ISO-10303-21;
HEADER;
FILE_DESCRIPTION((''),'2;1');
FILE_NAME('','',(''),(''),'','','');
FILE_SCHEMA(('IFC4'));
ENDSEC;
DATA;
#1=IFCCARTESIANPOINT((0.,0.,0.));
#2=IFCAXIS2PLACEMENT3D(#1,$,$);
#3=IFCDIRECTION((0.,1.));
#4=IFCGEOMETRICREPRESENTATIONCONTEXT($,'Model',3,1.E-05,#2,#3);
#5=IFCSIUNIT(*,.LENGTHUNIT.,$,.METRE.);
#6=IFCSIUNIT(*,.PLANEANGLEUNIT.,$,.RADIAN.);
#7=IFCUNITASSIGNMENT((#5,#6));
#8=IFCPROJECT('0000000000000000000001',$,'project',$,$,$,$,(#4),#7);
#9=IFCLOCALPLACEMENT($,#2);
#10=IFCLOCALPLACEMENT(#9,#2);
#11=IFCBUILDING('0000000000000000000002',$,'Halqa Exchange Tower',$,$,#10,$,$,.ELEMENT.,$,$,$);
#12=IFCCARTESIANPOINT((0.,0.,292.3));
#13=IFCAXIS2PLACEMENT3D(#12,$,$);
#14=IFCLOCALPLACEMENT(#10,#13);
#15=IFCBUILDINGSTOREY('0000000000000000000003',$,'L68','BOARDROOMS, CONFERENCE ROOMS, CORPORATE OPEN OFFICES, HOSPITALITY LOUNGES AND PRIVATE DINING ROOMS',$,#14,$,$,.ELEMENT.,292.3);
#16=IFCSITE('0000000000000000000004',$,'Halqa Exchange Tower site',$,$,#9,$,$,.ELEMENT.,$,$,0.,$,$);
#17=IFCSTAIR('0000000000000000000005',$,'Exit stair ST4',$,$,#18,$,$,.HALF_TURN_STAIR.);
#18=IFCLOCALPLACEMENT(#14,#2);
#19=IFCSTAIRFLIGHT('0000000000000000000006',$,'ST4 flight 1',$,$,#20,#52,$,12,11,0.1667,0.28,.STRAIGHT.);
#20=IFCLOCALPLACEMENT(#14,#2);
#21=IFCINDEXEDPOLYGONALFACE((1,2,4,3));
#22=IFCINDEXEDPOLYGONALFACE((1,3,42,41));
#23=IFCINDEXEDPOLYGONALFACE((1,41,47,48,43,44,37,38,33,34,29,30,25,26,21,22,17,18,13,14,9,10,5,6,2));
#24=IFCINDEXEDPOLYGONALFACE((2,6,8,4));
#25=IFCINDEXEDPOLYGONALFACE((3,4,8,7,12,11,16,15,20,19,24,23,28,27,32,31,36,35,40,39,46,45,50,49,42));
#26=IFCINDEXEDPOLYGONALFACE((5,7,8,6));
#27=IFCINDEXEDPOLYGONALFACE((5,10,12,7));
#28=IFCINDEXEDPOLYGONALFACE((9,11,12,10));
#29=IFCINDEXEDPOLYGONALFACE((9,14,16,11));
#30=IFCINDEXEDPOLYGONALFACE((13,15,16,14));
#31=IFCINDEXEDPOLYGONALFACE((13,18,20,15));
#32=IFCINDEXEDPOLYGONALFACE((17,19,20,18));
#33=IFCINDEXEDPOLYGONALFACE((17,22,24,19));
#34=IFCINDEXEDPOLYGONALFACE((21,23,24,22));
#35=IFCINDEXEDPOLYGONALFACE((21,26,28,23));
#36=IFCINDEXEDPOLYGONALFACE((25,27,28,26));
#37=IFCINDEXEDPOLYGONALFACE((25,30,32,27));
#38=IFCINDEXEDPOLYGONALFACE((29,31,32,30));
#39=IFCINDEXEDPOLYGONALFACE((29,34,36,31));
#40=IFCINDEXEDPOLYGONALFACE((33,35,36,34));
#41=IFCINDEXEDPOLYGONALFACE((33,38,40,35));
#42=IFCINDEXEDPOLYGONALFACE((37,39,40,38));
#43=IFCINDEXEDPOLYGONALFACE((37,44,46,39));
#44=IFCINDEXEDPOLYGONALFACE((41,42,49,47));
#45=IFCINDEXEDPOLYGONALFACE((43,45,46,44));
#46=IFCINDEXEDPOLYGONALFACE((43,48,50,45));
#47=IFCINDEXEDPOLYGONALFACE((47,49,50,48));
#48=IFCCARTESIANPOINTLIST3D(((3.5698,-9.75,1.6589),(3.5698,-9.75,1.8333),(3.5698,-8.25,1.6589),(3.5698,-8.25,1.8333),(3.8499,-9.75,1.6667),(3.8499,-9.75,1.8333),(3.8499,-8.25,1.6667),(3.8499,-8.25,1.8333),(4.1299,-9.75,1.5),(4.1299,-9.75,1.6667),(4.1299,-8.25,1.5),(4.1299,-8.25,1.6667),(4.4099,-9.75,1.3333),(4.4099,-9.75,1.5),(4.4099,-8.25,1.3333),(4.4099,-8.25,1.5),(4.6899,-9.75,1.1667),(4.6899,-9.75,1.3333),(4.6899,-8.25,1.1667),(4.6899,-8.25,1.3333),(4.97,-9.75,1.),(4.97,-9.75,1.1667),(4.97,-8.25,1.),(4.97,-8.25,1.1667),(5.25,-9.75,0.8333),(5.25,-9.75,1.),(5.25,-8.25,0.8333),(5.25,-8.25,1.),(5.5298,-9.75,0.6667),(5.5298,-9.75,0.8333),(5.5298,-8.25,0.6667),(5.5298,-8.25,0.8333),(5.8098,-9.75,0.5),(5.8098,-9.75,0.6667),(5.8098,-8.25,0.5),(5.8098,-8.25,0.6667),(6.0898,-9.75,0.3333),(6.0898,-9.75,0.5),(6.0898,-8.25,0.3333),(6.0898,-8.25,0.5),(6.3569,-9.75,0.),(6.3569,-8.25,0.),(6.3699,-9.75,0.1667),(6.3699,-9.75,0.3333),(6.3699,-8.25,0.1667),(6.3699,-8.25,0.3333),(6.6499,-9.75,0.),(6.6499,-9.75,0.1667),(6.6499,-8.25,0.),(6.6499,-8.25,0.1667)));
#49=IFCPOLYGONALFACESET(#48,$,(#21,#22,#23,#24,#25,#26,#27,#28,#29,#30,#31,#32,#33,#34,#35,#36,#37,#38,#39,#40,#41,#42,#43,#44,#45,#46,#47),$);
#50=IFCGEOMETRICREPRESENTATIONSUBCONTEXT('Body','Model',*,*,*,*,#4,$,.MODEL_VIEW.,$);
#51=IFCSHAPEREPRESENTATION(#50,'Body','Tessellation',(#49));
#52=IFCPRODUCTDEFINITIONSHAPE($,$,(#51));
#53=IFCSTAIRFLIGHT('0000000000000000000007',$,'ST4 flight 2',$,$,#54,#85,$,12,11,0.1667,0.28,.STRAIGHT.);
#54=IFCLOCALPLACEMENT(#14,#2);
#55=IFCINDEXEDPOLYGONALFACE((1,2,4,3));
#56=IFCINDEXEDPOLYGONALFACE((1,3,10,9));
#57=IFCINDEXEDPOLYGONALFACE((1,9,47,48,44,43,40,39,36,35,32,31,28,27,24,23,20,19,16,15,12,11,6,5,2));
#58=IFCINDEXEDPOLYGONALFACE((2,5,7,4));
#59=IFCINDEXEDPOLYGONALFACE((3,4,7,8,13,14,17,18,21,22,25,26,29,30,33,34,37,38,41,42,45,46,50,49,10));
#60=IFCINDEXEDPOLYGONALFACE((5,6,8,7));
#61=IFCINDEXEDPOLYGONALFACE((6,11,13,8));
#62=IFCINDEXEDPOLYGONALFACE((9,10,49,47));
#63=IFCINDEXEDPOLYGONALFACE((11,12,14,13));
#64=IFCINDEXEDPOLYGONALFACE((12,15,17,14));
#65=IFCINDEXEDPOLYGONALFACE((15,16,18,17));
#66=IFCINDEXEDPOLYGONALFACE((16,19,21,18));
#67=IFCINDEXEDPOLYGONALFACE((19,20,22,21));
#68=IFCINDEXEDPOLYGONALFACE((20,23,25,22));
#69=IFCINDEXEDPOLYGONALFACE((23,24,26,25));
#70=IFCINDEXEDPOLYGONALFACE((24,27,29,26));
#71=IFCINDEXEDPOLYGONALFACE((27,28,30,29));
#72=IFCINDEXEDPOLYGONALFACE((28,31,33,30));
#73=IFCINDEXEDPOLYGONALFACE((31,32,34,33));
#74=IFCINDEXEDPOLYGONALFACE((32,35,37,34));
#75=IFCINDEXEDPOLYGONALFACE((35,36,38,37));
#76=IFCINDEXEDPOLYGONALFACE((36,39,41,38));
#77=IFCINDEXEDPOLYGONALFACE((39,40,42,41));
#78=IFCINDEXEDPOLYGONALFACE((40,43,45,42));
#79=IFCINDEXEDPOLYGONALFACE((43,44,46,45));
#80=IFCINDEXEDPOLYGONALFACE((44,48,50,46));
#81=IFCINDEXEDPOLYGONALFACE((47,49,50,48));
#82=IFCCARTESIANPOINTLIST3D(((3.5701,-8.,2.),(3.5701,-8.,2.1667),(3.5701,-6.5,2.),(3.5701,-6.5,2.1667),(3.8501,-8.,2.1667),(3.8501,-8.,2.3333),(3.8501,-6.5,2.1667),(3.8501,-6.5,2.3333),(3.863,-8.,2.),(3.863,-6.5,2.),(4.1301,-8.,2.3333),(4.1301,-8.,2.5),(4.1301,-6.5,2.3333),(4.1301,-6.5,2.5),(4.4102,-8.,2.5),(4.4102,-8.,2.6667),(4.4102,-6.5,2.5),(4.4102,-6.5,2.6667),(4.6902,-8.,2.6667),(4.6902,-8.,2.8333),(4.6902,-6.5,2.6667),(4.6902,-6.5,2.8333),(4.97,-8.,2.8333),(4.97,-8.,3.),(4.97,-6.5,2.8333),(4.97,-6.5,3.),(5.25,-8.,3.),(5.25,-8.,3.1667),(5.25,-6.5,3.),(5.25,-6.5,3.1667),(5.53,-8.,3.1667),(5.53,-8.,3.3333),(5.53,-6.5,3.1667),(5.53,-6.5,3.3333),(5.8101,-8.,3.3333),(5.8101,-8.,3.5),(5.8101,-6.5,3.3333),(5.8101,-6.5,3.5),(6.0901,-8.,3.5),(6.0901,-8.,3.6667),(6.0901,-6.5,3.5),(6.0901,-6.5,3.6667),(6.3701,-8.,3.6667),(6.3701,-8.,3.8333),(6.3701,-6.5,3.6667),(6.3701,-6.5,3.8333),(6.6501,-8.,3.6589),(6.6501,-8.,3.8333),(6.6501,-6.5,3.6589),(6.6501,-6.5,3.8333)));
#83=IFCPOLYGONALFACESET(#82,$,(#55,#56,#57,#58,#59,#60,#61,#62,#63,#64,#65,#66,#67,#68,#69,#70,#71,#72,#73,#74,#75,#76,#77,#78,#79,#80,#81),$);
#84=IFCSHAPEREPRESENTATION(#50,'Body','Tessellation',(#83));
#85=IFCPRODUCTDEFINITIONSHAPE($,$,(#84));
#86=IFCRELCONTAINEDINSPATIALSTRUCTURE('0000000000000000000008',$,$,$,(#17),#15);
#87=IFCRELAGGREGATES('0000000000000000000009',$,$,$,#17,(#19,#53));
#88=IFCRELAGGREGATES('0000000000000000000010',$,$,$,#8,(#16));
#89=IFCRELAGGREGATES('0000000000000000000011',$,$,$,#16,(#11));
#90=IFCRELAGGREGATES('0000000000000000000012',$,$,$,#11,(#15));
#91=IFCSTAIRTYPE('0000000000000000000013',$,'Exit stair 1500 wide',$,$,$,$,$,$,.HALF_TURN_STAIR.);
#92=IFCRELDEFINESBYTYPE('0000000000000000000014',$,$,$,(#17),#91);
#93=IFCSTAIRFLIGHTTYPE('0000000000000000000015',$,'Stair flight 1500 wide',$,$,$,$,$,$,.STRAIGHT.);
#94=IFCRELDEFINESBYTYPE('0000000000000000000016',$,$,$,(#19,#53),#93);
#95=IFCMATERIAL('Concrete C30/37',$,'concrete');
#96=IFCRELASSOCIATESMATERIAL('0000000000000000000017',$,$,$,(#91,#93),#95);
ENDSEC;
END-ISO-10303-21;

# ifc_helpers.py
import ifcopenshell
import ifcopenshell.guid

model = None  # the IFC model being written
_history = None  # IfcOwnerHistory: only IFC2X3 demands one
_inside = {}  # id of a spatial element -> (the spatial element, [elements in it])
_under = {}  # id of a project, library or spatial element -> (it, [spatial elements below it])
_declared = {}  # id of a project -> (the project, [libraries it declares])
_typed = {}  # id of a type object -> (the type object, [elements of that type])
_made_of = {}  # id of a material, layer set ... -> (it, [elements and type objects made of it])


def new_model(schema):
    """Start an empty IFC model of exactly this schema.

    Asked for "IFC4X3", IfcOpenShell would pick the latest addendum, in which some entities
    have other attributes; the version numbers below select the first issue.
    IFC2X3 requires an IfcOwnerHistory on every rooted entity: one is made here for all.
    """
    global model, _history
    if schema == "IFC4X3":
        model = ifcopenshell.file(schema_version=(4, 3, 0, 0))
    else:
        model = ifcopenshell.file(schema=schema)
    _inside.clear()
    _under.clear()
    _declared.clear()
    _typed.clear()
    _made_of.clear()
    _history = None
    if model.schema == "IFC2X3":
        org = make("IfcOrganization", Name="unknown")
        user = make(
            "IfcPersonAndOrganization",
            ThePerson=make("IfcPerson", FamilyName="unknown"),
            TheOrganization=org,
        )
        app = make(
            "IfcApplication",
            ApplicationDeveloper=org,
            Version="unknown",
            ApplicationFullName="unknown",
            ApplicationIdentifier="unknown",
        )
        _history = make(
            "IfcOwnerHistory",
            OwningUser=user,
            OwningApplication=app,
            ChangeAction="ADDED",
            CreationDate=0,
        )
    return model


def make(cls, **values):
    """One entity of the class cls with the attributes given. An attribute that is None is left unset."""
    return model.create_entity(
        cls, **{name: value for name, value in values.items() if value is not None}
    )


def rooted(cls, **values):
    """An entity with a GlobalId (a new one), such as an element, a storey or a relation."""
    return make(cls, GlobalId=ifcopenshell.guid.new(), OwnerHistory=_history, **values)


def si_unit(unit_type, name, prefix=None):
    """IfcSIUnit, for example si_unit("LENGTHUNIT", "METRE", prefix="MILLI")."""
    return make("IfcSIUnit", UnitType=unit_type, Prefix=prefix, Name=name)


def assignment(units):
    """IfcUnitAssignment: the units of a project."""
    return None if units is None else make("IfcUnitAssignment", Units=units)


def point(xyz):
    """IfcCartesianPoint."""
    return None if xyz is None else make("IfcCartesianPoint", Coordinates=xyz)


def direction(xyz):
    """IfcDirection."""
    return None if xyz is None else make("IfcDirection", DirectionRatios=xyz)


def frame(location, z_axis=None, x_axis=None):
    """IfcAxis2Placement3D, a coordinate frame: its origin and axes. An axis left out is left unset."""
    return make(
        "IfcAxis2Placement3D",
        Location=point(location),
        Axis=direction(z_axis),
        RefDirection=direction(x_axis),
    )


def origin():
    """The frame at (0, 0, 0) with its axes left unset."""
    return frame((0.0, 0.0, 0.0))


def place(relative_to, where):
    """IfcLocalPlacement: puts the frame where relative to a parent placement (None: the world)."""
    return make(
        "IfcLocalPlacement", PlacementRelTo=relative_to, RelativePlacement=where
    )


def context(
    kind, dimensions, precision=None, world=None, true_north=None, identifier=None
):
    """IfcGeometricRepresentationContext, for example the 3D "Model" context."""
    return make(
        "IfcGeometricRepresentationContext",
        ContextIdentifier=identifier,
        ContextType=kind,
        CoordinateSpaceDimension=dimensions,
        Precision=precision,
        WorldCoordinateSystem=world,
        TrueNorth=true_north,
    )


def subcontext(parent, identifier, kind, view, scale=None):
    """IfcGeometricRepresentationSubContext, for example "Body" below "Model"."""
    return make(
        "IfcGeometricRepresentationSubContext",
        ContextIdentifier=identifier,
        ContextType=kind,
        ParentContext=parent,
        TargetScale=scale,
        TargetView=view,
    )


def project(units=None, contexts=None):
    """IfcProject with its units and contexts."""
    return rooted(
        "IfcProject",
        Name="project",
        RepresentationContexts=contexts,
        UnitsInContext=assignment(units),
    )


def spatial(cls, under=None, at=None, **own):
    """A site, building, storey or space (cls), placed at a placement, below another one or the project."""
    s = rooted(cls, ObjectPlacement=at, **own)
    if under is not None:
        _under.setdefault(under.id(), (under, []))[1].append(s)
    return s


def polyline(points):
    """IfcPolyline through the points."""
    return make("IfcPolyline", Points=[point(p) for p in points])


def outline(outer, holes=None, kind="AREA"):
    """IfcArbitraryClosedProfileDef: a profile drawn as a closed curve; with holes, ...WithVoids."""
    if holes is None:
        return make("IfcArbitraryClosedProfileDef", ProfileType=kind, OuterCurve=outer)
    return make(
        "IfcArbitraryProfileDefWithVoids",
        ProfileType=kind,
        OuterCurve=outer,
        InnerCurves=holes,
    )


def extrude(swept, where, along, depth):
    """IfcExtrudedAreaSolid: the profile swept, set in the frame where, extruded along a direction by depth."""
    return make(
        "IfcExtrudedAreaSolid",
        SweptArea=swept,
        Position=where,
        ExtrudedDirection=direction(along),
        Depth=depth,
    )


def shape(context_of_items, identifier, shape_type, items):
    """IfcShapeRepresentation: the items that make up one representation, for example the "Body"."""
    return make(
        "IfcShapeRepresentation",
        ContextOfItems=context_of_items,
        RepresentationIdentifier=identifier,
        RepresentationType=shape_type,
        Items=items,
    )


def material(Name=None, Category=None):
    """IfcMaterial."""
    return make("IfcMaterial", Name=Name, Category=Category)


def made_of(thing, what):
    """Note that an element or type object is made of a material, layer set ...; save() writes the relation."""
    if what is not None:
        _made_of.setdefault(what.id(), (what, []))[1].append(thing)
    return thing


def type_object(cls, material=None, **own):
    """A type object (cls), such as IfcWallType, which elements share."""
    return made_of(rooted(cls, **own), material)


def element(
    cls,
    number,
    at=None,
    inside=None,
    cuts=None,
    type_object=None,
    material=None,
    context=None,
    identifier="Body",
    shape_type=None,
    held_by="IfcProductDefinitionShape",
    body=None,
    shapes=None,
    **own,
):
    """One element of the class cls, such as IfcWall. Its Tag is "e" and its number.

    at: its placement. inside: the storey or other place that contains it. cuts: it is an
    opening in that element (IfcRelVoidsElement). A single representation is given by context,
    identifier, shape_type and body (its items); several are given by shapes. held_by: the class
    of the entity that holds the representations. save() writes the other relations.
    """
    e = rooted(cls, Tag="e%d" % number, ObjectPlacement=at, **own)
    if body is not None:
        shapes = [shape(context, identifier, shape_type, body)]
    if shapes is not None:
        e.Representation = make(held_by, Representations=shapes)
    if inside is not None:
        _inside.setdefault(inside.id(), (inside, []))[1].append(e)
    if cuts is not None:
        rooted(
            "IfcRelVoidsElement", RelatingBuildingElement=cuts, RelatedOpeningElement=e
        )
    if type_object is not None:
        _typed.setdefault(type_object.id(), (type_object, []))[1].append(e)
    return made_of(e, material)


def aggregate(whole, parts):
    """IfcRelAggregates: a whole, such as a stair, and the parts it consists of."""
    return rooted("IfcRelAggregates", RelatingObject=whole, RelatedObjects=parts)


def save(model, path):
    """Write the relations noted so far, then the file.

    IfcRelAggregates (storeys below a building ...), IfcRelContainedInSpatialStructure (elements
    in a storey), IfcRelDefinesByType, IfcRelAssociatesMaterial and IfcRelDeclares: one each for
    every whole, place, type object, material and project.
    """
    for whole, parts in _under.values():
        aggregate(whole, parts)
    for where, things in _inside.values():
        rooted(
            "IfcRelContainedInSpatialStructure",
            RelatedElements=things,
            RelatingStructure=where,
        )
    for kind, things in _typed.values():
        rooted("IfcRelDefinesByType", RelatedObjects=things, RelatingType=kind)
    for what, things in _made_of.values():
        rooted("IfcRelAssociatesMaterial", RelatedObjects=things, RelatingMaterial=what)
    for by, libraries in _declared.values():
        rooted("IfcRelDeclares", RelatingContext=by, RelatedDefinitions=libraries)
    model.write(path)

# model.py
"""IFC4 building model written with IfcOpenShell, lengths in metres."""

from ifc_helpers import new_model, si_unit, direction, frame, origin, place, context, subcontext, project, spatial, polyline, outline, extrude, material, type_object, element, aggregate, save


model = new_model("IFC4")

# Units and contexts
model_context = context("Model", 3, precision=1e-05, world=origin(), true_north=direction((0.0, 1.0)))
body_context = subcontext(model_context, "Body", "Model", "MODEL_VIEW")
ifc_project = project(units=[si_unit("LENGTHUNIT", "METRE"), si_unit("PLANEANGLEUNIT", "RADIAN")], contexts=[model_context])

# Site, building, storey
site_placement = place(None, origin())
site = spatial("IfcSite", under=ifc_project, at=site_placement, Name="Halqa Exchange Tower site", CompositionType="ELEMENT", RefElevation=0.0)
building_placement = place(site_placement, origin())
building = spatial("IfcBuilding", under=site, at=building_placement, Name="Halqa Exchange Tower", CompositionType="ELEMENT")
storey_placement = place(building_placement, frame((0.0, 0.0, 292.3)))
storey = spatial("IfcBuildingStorey", under=building, at=storey_placement, Name="L68", Description="BOARDROOMS, CONFERENCE ROOMS, CORPORATE OPEN OFFICES, HOSPITALITY LOUNGES AND PRIVATE DINING ROOMS", CompositionType="ELEMENT", Elevation=292.3)

# Shared definitions
ifc_material_1 = material(Name="Concrete C30/37", Category="concrete")

# Stair, stair flights
stair_type = type_object("IfcStairType", Name="Exit stair 1500 wide", PredefinedType="HALF_TURN_STAIR", material=ifc_material_1)
stair_placement = place(storey_placement, origin())
stair = element("IfcStair", 1, at=stair_placement, inside=storey, type_object=stair_type, Name="Exit stair ST4", PredefinedType="HALF_TURN_STAIR")
stair_flight_type = type_object("IfcStairFlightType", Name="Stair flight 1500 wide", PredefinedType="STRAIGHT", material=ifc_material_1)
stair_flight_1_placement = place(storey_placement, frame((6.6499, -9.0, 0.0), z_axis=(0.0, 0.0, 1.0), x_axis=(-1.0, 0.0, 0.0)))
stair_flight_1 = element("IfcStairFlight", 2, at=stair_flight_1_placement, type_object=stair_flight_type, Name="ST4 flight 1", NumberOfRisers=12, NumberOfTreads=11, PredefinedType="STRAIGHT", RiserHeight=0.1667, TreadLength=0.28, context=body_context, shape_type="SweptSolid", body=[
    extrude(outline(polyline([(0.0, 0.0), (0.0, 0.1667), (0.28, 0.1667), (0.28, 0.3333), (0.5601, 0.3333), (0.5601, 0.5), (0.8401, 0.5), (0.8401, 0.6667), (1.1201, 0.6667), (1.1201, 0.8333), (1.3999, 0.8333), (1.3999, 1.0), (1.6799, 1.0), (1.6799, 1.1667), (1.96, 1.1667), (1.96, 1.3333), (2.24, 1.3333), (2.24, 1.5), (2.52, 1.5), (2.52, 1.6667), (2.8, 1.6667), (2.8, 1.8333), (3.0801, 1.8333), (3.0801, 2.0), (3.0801, 1.6589), (0.293, 0.0), (0.0, 0.0)])), frame((0.0, 0.75, 0.0), z_axis=(0.0, -1.0, 0.0), x_axis=(1.0, 0.0, 0.0)), (0.0, 0.0, 1.0), 1.5),
])
stair_flight_2_placement = place(storey_placement, frame((3.5701, -7.25, 2.0), z_axis=(0.0, 0.0, 1.0), x_axis=(1.0, 0.0, 0.0)))
stair_flight_2 = element("IfcStairFlight", 3, at=stair_flight_2_placement, type_object=stair_flight_type, Name="ST4 flight 2", NumberOfRisers=12, NumberOfTreads=11, PredefinedType="STRAIGHT", RiserHeight=0.1667, TreadLength=0.28, context=body_context, shape_type="SweptSolid", body=[
    extrude(outline(polyline([(0.0, 0.0), (0.0, 0.1667), (0.28, 0.1667), (0.28, 0.3333), (0.5601, 0.3333), (0.5601, 0.5), (0.8401, 0.5), (0.8401, 0.6667), (1.1201, 0.6667), (1.1201, 0.8333), (1.3999, 0.8333), (1.3999, 1.0), (1.6799, 1.0), (1.6799, 1.1667), (1.96, 1.1667), (1.96, 1.3333), (2.24, 1.3333), (2.24, 1.5), (2.52, 1.5), (2.52, 1.6667), (2.8, 1.6667), (2.8, 1.8333), (3.0801, 1.8333), (3.0801, 2.0), (3.0801, 1.6589), (0.293, 0.0), (0.0, 0.0)])), frame((0.0, 0.75, 0.0), z_axis=(0.0, -1.0, 0.0), x_axis=(1.0, 0.0, 0.0)), (0.0, 0.0, 1.0), 1.5),
])
aggregate(stair, [stair_flight_1, stair_flight_2])

save(model, "model.ifc")
